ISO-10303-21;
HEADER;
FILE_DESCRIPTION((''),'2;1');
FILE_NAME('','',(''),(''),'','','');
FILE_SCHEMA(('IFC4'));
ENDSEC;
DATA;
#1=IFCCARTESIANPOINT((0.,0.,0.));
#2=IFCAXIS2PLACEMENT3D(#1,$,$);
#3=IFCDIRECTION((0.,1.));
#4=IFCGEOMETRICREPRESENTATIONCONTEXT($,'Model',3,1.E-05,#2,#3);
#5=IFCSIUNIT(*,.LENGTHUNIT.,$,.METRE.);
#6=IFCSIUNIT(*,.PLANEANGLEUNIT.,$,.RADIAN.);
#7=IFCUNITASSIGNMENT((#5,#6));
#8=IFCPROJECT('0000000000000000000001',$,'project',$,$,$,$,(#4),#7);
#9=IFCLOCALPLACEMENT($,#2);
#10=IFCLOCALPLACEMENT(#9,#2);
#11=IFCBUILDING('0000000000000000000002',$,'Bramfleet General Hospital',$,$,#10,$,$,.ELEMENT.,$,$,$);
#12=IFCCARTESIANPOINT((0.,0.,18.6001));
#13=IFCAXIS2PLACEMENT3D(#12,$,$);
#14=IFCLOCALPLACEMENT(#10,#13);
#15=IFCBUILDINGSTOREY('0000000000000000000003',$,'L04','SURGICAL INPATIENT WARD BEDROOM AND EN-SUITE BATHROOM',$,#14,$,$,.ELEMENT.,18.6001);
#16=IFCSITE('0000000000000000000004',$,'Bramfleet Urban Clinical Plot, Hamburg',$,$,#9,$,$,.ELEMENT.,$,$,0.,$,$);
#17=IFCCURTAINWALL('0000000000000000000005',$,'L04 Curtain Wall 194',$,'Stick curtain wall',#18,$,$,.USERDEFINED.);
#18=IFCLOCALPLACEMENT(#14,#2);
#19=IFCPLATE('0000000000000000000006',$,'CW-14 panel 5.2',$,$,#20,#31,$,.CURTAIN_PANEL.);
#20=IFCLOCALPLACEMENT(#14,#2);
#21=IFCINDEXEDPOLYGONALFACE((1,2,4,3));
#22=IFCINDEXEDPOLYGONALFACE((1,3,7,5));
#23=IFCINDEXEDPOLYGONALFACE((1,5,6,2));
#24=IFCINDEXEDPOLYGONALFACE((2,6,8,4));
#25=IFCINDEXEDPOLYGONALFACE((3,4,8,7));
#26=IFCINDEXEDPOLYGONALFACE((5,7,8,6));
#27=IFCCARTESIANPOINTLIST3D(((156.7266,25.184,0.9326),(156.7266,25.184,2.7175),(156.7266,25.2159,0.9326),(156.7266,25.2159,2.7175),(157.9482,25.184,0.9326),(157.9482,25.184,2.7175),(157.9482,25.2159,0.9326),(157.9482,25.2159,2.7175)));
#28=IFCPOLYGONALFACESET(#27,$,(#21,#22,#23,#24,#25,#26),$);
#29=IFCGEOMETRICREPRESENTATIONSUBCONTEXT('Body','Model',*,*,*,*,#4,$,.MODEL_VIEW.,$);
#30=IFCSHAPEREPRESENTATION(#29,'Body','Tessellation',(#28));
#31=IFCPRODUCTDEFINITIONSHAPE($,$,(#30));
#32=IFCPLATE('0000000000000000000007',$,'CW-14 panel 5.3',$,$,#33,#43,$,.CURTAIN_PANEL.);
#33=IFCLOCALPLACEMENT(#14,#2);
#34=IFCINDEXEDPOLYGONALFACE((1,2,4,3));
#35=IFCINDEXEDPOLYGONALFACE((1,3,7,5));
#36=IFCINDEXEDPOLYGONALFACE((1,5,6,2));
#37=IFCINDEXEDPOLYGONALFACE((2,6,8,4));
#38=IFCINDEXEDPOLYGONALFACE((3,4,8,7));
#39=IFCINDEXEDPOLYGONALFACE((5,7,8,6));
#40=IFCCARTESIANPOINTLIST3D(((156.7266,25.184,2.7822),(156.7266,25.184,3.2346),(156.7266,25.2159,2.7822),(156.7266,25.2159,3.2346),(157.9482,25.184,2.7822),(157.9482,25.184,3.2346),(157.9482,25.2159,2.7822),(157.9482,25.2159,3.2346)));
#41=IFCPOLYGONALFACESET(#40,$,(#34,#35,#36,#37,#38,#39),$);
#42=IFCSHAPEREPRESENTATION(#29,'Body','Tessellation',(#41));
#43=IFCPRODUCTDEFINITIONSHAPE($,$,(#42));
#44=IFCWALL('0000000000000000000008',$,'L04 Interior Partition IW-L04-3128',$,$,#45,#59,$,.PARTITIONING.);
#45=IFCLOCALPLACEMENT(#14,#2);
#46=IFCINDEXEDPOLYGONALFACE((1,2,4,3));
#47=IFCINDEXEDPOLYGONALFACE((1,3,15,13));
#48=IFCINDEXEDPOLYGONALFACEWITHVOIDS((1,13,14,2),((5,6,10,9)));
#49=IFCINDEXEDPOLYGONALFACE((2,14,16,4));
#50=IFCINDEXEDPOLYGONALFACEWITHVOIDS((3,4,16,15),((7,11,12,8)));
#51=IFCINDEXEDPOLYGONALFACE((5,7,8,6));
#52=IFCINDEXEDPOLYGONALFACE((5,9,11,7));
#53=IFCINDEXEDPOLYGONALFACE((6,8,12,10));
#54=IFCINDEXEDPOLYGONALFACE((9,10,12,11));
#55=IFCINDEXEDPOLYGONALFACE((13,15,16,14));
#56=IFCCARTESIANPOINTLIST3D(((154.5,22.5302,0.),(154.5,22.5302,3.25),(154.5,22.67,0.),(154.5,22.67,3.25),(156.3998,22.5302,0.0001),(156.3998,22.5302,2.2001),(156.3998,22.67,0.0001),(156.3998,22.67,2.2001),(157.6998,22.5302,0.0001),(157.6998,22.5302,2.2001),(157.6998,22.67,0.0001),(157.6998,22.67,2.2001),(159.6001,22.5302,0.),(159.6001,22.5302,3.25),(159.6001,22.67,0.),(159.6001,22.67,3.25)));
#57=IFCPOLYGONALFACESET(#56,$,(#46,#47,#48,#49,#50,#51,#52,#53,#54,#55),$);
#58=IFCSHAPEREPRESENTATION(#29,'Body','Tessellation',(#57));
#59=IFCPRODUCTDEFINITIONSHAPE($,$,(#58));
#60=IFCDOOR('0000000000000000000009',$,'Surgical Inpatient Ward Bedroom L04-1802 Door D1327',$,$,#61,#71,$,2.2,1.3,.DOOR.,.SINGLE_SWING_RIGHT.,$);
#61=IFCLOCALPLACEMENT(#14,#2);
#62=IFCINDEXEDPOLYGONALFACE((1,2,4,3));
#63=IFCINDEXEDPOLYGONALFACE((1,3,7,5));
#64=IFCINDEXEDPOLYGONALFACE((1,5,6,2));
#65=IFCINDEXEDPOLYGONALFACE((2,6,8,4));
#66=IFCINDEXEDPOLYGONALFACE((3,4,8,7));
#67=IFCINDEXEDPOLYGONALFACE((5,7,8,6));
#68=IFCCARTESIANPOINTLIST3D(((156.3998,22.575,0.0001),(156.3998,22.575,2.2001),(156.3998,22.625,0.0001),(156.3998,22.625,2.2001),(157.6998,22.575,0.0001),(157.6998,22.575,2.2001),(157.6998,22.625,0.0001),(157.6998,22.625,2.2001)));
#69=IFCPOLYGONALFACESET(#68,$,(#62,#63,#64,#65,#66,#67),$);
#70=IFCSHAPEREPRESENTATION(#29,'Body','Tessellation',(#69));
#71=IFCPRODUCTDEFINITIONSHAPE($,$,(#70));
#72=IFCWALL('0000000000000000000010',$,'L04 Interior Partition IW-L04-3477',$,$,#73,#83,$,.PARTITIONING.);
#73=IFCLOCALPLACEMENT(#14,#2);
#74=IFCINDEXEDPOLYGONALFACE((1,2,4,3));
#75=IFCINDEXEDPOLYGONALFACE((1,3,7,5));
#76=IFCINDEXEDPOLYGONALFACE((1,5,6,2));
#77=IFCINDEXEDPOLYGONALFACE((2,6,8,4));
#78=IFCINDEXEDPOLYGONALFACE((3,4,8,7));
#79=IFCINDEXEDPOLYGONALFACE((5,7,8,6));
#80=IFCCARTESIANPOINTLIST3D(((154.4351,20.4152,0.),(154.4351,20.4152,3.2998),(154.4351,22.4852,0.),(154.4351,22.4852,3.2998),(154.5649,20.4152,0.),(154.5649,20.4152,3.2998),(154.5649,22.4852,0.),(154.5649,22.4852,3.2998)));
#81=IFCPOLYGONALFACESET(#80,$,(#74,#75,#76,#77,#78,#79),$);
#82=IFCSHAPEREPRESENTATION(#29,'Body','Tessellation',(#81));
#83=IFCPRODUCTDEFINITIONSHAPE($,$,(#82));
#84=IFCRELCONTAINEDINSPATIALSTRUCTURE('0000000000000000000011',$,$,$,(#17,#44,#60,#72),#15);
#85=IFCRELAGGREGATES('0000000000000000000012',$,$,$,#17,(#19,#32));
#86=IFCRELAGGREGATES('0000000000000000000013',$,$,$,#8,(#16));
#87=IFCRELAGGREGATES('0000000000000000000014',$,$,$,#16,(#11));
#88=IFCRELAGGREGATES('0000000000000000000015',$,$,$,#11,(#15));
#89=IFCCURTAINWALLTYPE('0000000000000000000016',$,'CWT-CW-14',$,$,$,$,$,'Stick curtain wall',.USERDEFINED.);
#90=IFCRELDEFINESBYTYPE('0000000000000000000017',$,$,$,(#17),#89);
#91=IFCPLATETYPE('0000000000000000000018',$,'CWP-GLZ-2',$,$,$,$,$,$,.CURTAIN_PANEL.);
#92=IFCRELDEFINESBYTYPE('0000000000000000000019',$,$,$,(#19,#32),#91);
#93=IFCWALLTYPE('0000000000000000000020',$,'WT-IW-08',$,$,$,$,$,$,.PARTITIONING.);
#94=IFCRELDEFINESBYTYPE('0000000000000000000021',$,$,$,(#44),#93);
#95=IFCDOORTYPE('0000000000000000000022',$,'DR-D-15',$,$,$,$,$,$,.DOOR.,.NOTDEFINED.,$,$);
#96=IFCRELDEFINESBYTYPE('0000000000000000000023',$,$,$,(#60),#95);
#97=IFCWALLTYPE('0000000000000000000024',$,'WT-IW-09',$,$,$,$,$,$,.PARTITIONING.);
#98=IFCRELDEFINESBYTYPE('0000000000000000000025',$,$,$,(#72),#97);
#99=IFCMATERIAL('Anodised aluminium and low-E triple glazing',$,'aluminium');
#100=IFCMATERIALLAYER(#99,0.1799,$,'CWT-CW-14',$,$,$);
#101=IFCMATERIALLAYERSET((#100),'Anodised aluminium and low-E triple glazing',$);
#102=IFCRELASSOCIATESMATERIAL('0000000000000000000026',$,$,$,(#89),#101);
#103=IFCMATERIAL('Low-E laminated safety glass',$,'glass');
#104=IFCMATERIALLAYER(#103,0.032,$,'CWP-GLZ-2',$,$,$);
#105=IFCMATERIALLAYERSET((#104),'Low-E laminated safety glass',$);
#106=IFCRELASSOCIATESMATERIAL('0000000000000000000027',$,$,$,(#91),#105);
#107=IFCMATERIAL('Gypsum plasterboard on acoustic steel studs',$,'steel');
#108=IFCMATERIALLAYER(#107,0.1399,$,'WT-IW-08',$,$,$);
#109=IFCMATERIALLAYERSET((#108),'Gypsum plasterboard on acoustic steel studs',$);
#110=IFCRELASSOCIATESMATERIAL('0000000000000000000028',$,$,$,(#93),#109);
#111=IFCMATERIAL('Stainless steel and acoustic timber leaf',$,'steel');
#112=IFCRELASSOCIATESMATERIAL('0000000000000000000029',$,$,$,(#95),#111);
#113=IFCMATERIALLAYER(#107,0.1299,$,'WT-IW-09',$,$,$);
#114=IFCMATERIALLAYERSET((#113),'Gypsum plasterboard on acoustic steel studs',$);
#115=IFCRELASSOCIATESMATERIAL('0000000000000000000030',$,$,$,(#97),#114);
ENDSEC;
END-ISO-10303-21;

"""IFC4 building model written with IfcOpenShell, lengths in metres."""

from ifc_helpers import new_model, si_unit, direction, frame, frame_2d, origin, origin_2d, place, context, subcontext, project, spatial, rectangle, extrude, material, layer, layer_set, type_object, element, fill, aggregate, save


model = new_model("IFC4")

# Units and contexts
model_context = context("Model", 3, precision=1e-05, world=origin(), true_north=direction((0.0, 1.0)))
body_context = subcontext(model_context, "Body", "Model", "MODEL_VIEW")
ifc_project = project(units=[si_unit("LENGTHUNIT", "METRE"), si_unit("PLANEANGLEUNIT", "RADIAN")], contexts=[model_context])

# Site, building, storey
site_placement = place(None, origin())
site = spatial("IfcSite", under=ifc_project, at=site_placement, Name="Bramfleet Urban Clinical Plot, Hamburg", CompositionType="ELEMENT", RefElevation=0.0)
building_placement = place(site_placement, origin())
building = spatial("IfcBuilding", under=site, at=building_placement, Name="Bramfleet General Hospital", CompositionType="ELEMENT")
storey_placement = place(building_placement, frame((0.0, 0.0, 18.6001)))
storey = spatial("IfcBuildingStorey", under=building, at=storey_placement, Name="L04", Description="SURGICAL INPATIENT WARD BEDROOM AND EN-SUITE BATHROOM", CompositionType="ELEMENT", Elevation=18.6001)

# Curtain wall, plates
ifc_material_1 = material(Name="Anodised aluminium and low-E triple glazing", Category="aluminium")
ifc_layer_1 = layer(ifc_material_1, 0.1799, Name="CWT-CW-14")
ifc_layer_set_1 = layer_set([ifc_layer_1], Name="Anodised aluminium and low-E triple glazing")
curtain_wall_type = type_object("IfcCurtainWallType", Name="CWT-CW-14", ElementType="Stick curtain wall", PredefinedType="USERDEFINED", material=ifc_layer_set_1)
curtain_wall_placement = place(storey_placement, origin())
curtain_wall = element("IfcCurtainWall", 1, at=curtain_wall_placement, inside=storey, type_object=curtain_wall_type, Name="L04 Curtain Wall 194", ObjectType="Stick curtain wall", PredefinedType="USERDEFINED")
ifc_material_2 = material(Name="Low-E laminated safety glass", Category="glass")
ifc_layer_2 = layer(ifc_material_2, 0.032, Name="CWP-GLZ-2")
ifc_layer_set_2 = layer_set([ifc_layer_2], Name="Low-E laminated safety glass")
plate_type = type_object("IfcPlateType", Name="CWP-GLZ-2", PredefinedType="CURTAIN_PANEL", material=ifc_layer_set_2)
plate_1_placement = place(storey_placement, frame((157.3374, 25.2, 0.9326), z_axis=(0.0, 0.0, 1.0), x_axis=(1.0, 0.0, 0.0)))
plate_1 = element("IfcPlate", 2, at=plate_1_placement, type_object=plate_type, Name="CW-14 panel 5.2", PredefinedType="CURTAIN_PANEL", context=body_context, shape_type="SweptSolid", body=[
    extrude(rectangle(XDim=1.2217, YDim=0.032, at=origin_2d()), origin(), (0.0, 0.0, 1.0), 1.7849),
])
plate_2_placement = place(storey_placement, frame((157.3374, 25.2, 2.7822), z_axis=(0.0, 0.0, 1.0), x_axis=(1.0, 0.0, 0.0)))
plate_2 = element("IfcPlate", 3, at=plate_2_placement, type_object=plate_type, Name="CW-14 panel 5.3", PredefinedType="CURTAIN_PANEL", context=body_context, shape_type="SweptSolid", body=[
    extrude(rectangle(XDim=1.2217, YDim=0.032, at=origin_2d()), origin(), (0.0, 0.0, 1.0), 0.4524),
])
aggregate(curtain_wall, [plate_1, plate_2])

# Wall, opening, door
ifc_material_3 = material(Name="Gypsum plasterboard on acoustic steel studs", Category="steel")
ifc_layer_3 = layer(ifc_material_3, 0.1399, Name="WT-IW-08")
ifc_layer_set_3 = layer_set([ifc_layer_3], Name="Gypsum plasterboard on acoustic steel studs")
wall_type_1 = type_object("IfcWallType", Name="WT-IW-08", PredefinedType="PARTITIONING", material=ifc_layer_set_3)
wall_1_placement = place(storey_placement, frame((154.5, 22.6001, 0.0), z_axis=(0.0, 0.0, 1.0), x_axis=(1.0, 0.0, 0.0)))
wall_1 = element("IfcWall", 4, at=wall_1_placement, inside=storey, type_object=wall_type_1, Name="L04 Interior Partition IW-L04-3128", PredefinedType="PARTITIONING", context=body_context, shape_type="SweptSolid", body=[
    extrude(rectangle(XDim=5.1001, YDim=0.1399, at=frame_2d((2.55, 0.0))), origin(), (0.0, 0.0, 1.0), 3.25),
])
opening_placement = place(wall_1_placement, frame((1.8999, 0.0, 0.0)))
opening = element("IfcOpeningElement", 5, at=opening_placement, cuts=wall_1, PredefinedType="OPENING", context=body_context, shape_type="SweptSolid", body=[
    extrude(rectangle(XDim=1.3, YDim=2.2, at=frame_2d((0.6499, 1.1001))), frame((0.0, 0.0798, 0.0), z_axis=(0.0, -1.0, 0.0), x_axis=(1.0, 0.0, 0.0)), (0.0, 0.0, 1.0), 0.1599),
])
ifc_material_4 = material(Name="Stainless steel and acoustic timber leaf", Category="steel")
door_type = type_object("IfcDoorType", Name="DR-D-15", OperationType="NOTDEFINED", PredefinedType="DOOR", material=ifc_material_4)
door_placement = place(opening_placement, origin())
door = element("IfcDoor", 6, at=door_placement, inside=storey, type_object=door_type, Name="Surgical Inpatient Ward Bedroom L04-1802 Door D1327", OperationType="SINGLE_SWING_RIGHT", OverallHeight=2.2, OverallWidth=1.3, PredefinedType="DOOR", context=body_context, shape_type="SweptSolid", body=[
    extrude(rectangle(XDim=1.3, YDim=2.2, at=frame_2d((0.6499, 1.1001))), frame((0.0, 0.0249, 0.0), z_axis=(0.0, -1.0, 0.0), x_axis=(1.0, 0.0, 0.0)), (0.0, 0.0, 1.0), 0.05),
])
fill(opening, door)

# Wall
ifc_layer_4 = layer(ifc_material_3, 0.1299, Name="WT-IW-09")
ifc_layer_set_4 = layer_set([ifc_layer_4], Name="Gypsum plasterboard on acoustic steel studs")
wall_type_2 = type_object("IfcWallType", Name="WT-IW-09", PredefinedType="PARTITIONING", material=ifc_layer_set_4)
wall_2_placement = place(storey_placement, frame((154.5, 20.415, 0.0), z_axis=(0.0, 0.0, 1.0), x_axis=(0.0, 1.0, 0.0)))
element("IfcWall", 7, at=wall_2_placement, inside=storey, type_object=wall_type_2, Name="L04 Interior Partition IW-L04-3477", PredefinedType="PARTITIONING", context=body_context, shape_type="SweptSolid", body=[
    extrude(rectangle(XDim=2.0701, YDim=0.1299, at=frame_2d((1.0352, 0.0))), origin(), (0.0, 0.0, 1.0), 3.2998),
])

save(model, "model.ifc")
